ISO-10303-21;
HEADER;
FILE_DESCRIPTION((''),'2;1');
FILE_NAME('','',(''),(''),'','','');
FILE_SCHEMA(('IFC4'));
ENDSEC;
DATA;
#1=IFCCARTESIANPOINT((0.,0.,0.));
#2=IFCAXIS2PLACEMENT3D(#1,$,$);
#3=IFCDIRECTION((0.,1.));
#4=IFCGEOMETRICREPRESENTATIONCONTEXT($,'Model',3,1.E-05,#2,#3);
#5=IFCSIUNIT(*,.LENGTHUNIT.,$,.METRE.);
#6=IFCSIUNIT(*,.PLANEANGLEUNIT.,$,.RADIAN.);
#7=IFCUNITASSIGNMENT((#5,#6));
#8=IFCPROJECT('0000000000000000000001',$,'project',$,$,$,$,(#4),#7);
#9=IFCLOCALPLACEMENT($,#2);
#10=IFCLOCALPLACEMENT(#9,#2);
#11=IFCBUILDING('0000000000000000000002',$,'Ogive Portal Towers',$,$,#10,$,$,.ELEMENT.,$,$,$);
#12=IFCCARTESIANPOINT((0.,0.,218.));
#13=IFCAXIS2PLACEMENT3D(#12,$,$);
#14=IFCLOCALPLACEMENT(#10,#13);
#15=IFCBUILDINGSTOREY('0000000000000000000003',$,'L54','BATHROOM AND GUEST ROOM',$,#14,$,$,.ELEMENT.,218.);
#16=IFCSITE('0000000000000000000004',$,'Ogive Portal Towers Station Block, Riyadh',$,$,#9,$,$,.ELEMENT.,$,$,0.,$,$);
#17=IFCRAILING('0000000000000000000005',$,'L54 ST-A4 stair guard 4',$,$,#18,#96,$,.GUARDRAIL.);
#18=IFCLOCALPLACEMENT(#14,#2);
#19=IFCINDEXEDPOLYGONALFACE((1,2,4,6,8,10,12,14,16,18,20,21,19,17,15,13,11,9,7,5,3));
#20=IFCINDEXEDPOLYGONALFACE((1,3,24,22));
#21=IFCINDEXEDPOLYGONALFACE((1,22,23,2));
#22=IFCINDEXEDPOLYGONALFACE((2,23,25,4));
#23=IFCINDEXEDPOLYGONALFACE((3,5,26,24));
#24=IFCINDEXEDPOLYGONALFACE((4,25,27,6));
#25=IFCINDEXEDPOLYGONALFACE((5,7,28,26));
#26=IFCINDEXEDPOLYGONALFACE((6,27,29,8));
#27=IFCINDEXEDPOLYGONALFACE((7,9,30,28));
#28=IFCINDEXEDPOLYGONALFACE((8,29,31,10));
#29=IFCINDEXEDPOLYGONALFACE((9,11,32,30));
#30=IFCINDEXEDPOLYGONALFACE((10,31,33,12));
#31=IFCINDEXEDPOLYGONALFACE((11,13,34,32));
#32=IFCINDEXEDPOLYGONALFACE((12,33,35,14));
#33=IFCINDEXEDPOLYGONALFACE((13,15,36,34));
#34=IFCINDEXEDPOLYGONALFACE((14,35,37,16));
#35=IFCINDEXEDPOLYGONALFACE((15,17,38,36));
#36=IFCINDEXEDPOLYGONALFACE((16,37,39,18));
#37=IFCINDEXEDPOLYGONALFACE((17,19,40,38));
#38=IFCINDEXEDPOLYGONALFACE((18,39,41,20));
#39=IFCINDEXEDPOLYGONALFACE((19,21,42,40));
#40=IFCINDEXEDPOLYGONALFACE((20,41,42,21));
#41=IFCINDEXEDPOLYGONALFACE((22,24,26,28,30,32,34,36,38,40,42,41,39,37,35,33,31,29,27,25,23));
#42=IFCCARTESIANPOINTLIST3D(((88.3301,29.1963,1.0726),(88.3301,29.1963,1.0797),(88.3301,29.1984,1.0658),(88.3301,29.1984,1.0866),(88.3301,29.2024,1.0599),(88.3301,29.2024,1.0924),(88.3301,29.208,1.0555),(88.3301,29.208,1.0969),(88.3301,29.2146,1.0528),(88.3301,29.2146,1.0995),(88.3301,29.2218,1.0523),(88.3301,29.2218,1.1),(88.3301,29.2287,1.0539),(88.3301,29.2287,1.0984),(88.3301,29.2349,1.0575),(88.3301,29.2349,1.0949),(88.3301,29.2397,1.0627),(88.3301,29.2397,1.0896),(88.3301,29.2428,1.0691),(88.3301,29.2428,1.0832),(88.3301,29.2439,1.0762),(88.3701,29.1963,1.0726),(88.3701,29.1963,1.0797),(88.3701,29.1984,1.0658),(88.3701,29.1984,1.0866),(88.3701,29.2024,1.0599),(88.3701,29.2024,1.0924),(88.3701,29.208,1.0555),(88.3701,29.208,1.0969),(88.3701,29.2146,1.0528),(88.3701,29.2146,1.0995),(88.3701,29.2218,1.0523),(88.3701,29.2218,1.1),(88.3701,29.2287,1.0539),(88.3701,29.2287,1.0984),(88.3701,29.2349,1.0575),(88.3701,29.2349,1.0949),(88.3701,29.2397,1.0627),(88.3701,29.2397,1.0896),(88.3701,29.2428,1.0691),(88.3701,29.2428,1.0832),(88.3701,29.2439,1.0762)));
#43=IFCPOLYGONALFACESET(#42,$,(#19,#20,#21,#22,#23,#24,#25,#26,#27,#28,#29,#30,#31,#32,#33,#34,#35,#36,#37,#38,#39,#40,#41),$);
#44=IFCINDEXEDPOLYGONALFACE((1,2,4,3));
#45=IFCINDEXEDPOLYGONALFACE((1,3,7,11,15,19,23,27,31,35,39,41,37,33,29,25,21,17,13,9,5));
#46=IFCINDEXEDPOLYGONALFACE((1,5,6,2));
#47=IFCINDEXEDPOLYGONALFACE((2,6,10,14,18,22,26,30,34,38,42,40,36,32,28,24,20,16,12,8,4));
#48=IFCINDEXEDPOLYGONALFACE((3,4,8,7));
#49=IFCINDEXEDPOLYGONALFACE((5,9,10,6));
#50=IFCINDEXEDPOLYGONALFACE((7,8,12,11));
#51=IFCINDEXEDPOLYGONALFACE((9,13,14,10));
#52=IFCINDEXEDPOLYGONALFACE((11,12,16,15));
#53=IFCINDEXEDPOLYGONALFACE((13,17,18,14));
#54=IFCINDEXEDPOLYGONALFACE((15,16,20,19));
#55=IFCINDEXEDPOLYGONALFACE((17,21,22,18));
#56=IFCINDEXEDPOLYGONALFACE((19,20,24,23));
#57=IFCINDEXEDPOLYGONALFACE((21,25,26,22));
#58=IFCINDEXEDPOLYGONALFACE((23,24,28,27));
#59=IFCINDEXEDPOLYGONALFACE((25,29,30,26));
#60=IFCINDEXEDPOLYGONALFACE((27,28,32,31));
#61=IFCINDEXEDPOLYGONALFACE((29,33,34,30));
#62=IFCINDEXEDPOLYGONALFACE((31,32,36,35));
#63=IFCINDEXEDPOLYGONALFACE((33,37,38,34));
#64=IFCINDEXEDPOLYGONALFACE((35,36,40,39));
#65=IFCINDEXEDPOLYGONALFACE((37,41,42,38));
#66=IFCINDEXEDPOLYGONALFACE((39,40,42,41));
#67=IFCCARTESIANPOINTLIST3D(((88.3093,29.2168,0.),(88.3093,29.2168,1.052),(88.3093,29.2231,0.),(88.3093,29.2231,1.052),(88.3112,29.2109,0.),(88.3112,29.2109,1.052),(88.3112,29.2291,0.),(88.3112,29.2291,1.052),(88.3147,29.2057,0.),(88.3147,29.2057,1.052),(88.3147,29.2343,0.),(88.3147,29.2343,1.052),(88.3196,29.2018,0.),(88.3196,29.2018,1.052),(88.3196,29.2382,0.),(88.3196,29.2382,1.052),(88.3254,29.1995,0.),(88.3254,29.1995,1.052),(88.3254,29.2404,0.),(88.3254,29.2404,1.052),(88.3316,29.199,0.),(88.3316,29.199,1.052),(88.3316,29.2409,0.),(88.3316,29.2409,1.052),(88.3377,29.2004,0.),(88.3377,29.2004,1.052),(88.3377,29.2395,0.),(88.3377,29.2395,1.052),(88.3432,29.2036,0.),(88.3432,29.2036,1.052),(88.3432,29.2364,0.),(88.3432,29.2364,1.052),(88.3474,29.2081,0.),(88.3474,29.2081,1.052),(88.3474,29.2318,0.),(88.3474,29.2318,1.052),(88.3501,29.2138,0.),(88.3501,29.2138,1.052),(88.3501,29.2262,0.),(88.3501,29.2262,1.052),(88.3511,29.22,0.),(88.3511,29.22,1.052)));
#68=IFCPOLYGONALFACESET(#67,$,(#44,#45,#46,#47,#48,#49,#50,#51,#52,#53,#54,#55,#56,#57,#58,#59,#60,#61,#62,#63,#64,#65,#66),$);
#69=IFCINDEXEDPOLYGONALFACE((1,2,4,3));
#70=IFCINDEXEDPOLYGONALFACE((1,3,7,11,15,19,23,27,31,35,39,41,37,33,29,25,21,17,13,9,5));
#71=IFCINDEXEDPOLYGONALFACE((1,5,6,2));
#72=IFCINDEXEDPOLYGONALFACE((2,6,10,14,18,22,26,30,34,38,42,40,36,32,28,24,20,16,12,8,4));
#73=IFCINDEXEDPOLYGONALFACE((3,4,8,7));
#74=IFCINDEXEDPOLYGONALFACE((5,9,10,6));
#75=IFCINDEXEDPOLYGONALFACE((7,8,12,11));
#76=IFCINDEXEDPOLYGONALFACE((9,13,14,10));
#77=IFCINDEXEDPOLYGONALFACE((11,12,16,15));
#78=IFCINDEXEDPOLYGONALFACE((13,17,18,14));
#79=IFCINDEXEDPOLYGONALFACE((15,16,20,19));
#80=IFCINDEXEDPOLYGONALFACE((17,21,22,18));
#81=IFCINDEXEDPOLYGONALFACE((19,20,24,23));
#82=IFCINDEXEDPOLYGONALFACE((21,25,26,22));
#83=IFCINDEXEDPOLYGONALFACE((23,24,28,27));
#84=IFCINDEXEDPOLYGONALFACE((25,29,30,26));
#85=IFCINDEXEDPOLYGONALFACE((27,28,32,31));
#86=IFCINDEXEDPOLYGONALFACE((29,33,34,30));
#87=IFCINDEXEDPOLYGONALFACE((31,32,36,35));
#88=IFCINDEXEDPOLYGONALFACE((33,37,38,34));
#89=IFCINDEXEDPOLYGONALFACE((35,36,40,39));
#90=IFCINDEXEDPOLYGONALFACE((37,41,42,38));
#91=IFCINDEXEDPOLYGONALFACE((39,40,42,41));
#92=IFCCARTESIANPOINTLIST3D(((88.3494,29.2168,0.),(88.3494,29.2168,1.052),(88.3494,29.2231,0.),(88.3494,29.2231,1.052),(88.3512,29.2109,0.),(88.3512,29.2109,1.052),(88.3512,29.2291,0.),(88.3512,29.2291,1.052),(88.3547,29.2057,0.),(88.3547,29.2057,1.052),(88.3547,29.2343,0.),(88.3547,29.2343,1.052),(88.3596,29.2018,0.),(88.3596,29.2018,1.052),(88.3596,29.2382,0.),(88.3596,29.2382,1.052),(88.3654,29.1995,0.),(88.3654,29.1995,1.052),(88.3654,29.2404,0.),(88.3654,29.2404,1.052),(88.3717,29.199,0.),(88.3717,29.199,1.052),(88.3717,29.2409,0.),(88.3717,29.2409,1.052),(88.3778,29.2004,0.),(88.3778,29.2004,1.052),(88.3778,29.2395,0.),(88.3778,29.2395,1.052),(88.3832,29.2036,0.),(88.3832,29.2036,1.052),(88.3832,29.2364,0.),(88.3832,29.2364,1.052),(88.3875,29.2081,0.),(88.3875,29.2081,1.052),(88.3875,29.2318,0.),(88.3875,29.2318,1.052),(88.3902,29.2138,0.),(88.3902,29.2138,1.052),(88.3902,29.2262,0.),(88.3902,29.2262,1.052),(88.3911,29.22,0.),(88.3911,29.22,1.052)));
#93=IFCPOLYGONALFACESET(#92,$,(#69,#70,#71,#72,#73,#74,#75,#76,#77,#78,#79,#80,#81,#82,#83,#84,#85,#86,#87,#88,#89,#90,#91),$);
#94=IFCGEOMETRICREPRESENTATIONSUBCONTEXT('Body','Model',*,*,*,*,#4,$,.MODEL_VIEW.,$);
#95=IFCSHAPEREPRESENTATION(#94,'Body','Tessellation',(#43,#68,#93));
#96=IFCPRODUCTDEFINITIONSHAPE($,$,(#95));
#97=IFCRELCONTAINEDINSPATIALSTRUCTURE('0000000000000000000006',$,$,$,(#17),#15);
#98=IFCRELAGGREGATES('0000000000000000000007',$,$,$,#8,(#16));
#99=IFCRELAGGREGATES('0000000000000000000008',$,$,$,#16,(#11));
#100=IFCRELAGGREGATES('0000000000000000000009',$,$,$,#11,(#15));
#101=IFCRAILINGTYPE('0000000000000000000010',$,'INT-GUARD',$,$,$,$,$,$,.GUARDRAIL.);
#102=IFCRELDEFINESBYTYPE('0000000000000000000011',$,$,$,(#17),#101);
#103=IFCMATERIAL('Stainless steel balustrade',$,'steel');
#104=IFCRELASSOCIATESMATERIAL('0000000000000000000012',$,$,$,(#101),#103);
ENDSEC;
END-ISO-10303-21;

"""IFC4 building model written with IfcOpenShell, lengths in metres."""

from ifc_helpers import new_model, si_unit, direction, frame, origin, origin_2d, place, context, subcontext, project, spatial, circle, extrude, material, type_object, element, save


model = new_model("IFC4")

# Units and contexts
model_context = context("Model", 3, precision=1e-05, world=origin(), true_north=direction((0.0, 1.0)))
body_context = subcontext(model_context, "Body", "Model", "MODEL_VIEW")
ifc_project = project(units=[si_unit("LENGTHUNIT", "METRE"), si_unit("PLANEANGLEUNIT", "RADIAN")], contexts=[model_context])

# Site, building, storey
site_placement = place(None, origin())
site = spatial("IfcSite", under=ifc_project, at=site_placement, Name="Ogive Portal Towers Station Block, Riyadh", CompositionType="ELEMENT", RefElevation=0.0)
building_placement = place(site_placement, origin())
building = spatial("IfcBuilding", under=site, at=building_placement, Name="Ogive Portal Towers", CompositionType="ELEMENT")
storey_placement = place(building_placement, frame((0.0, 0.0, 218.0)))
storey = spatial("IfcBuildingStorey", under=building, at=storey_placement, Name="L54", Description="BATHROOM AND GUEST ROOM", CompositionType="ELEMENT", Elevation=218.0)

# Railing
ifc_material_1 = material(Name="Stainless steel balustrade", Category="steel")
railing_type_1 = type_object("IfcRailingType", Name="INT-GUARD", PredefinedType="GUARDRAIL", material=ifc_material_1)
railing_1_placement = place(storey_placement, frame((88.3301, 29.22, 0.0)))
element("IfcRailing", 1, at=railing_1_placement, inside=storey, type_object=railing_type_1, Name="L54 ST-A4 stair guard 4", PredefinedType="GUARDRAIL", context=body_context, shape_type="SweptSolid", body=[
    extrude(circle(Radius=0.0239, at=origin_2d()), frame((0.0, 0.0, 1.0762), z_axis=(1.0, 0.0, 0.0), x_axis=(0.0, 1.0, 0.0)), (0.0, 0.0, 1.0), 0.04),
    extrude(circle(Radius=0.021, at=origin_2d()), origin(), (0.0, 0.0, 1.0), 1.052),
    extrude(circle(Radius=0.021, at=origin_2d()), frame((0.04, 0.0, 0.0)), (0.0, 0.0, 1.0), 1.052),
])

save(model, "model.ifc")
